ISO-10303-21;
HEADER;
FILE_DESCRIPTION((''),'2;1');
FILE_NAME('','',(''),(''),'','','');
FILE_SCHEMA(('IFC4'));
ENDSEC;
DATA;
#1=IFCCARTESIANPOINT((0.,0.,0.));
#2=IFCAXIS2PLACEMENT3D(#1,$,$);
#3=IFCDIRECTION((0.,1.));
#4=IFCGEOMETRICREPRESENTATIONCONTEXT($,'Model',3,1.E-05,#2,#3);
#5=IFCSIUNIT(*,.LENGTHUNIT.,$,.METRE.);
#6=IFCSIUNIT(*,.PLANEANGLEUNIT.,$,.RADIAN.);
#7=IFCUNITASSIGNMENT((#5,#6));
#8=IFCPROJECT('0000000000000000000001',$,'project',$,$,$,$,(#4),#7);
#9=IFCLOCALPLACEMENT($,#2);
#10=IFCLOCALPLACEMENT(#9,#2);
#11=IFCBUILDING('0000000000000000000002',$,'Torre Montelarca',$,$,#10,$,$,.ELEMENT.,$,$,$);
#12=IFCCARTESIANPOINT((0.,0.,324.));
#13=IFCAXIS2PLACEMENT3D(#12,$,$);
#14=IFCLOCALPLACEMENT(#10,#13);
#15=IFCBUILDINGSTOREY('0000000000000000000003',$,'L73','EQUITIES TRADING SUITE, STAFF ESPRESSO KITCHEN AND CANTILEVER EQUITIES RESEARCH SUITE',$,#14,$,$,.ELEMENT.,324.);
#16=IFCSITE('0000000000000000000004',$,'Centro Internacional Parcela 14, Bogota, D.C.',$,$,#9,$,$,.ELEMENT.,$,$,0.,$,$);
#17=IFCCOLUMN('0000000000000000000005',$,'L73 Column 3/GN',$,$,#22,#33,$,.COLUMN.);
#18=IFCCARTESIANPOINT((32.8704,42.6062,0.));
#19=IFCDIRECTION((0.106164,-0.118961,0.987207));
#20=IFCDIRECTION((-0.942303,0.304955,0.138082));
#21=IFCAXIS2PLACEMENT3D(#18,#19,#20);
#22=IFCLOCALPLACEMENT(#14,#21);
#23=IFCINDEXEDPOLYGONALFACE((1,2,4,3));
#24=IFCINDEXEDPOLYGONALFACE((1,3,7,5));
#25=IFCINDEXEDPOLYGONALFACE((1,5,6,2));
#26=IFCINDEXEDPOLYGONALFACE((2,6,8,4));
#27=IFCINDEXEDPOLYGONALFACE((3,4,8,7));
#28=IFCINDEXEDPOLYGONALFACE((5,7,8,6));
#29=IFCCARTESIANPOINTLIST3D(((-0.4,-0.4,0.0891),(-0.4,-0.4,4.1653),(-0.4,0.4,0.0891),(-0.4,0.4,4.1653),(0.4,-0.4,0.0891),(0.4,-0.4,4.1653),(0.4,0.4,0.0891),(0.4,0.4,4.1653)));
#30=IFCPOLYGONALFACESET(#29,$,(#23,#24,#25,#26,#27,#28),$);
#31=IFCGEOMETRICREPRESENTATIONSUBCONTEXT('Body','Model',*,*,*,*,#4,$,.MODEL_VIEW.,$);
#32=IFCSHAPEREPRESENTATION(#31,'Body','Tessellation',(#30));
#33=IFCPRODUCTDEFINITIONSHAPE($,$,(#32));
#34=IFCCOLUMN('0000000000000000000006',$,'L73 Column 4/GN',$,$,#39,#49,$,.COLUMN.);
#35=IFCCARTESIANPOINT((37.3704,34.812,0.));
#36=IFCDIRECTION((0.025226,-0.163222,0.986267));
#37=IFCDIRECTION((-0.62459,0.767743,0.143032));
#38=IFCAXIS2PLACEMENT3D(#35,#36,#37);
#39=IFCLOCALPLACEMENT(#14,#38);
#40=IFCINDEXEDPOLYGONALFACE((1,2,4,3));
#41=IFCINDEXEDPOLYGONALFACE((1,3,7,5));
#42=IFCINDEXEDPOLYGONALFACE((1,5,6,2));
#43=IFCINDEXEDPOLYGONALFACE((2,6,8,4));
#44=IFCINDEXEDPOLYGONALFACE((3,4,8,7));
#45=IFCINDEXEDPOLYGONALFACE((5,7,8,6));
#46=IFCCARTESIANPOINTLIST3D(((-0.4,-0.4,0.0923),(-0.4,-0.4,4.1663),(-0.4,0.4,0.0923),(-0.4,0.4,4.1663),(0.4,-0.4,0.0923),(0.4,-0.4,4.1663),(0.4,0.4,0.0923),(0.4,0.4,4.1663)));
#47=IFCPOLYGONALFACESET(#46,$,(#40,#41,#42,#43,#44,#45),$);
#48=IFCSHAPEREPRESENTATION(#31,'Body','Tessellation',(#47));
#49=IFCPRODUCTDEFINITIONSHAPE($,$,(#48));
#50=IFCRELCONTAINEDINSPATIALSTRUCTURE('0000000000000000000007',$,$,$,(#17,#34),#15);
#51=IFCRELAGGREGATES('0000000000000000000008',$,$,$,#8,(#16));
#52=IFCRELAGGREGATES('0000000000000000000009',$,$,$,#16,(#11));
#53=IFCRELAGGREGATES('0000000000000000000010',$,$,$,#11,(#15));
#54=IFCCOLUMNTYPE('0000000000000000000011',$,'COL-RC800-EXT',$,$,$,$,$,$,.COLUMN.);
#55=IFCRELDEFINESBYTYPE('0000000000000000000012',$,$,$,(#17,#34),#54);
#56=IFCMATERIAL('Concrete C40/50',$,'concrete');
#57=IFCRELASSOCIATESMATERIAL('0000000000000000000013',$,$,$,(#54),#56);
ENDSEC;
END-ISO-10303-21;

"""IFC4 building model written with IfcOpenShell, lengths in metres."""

from ifc_helpers import new_model, si_unit, direction, frame, origin, origin_2d, place, context, subcontext, project, spatial, rectangle, extrude, clip, halfspace, material, material_profile, profile_set, type_object, element, save


model = new_model("IFC4")

# Units and contexts
model_context = context("Model", 3, precision=1e-05, world=origin(), true_north=direction((0.0, 1.0)))
body_context = subcontext(model_context, "Body", "Model", "MODEL_VIEW")
ifc_project = project(units=[si_unit("LENGTHUNIT", "METRE"), si_unit("PLANEANGLEUNIT", "RADIAN")], contexts=[model_context])

# Site, building, storey
site_placement = place(None, origin())
site = spatial("IfcSite", under=ifc_project, at=site_placement, Name="Centro Internacional Parcela 14, Bogota, D.C.", CompositionType="ELEMENT", RefElevation=0.0)
building_placement = place(site_placement, origin())
building = spatial("IfcBuilding", under=site, at=building_placement, Name="Torre Montelarca", CompositionType="ELEMENT")
storey_placement = place(building_placement, frame((0.0, 0.0, 324.0)))
storey = spatial("IfcBuildingStorey", under=building, at=storey_placement, Name="L73", Description="EQUITIES TRADING SUITE, STAFF ESPRESSO KITCHEN AND CANTILEVER EQUITIES RESEARCH SUITE", CompositionType="ELEMENT", Elevation=324.0)

# Columns
ifc_material_1 = material(Name="Concrete C40/50", Category="concrete")
ifc_material_profile_1 = material_profile(ifc_material_1, rectangle(XDim=0.8, YDim=0.8, at=origin_2d()), Name="RC800X800", Category="concrete")
ifc_profile_set_1 = profile_set([ifc_material_profile_1], Name="Concrete C40/50")
column_type_1 = type_object("IfcColumnType", Name="COL-RC800-EXT", PredefinedType="COLUMN", material=ifc_profile_set_1)
column_1_placement = place(storey_placement, frame((32.8704, 42.6062, 0.0), z_axis=(0.106164, -0.118961, 0.987207), x_axis=(-0.942303, 0.304955, 0.138082)))
element("IfcColumn", 1, at=column_1_placement, inside=storey, type_object=column_type_1, Name="L73 Column 3/GN", PredefinedType="COLUMN", context=body_context, shape_type="Clipping", body=[
    clip(clip(extrude(rectangle(XDim=0.8, YDim=0.8, at=origin_2d()), origin(), (0.0, 0.0, 1.0), 4.2544), halfspace(frame((0.0, 0.0, 0.0891), z_axis=(0.0, 0.0, -1.0), x_axis=(1.0, 0.0, 0.0)), False)), halfspace(frame((0.0, 0.0, 4.1653), z_axis=(0.0, 0.0, 1.0), x_axis=(1.0, 0.0, 0.0)), False)),
])
column_2_placement = place(storey_placement, frame((37.3704, 34.812, 0.0), z_axis=(0.025226, -0.163222, 0.986267), x_axis=(-0.62459, 0.767743, 0.143032)))
element("IfcColumn", 2, at=column_2_placement, inside=storey, type_object=column_type_1, Name="L73 Column 4/GN", PredefinedType="COLUMN", context=body_context, shape_type="Clipping", body=[
    clip(clip(extrude(rectangle(XDim=0.8, YDim=0.8, at=origin_2d()), origin(), (0.0, 0.0, 1.0), 4.2585), halfspace(frame((0.0, 0.0, 0.0923), z_axis=(0.0, 0.0, -1.0), x_axis=(1.0, 0.0, 0.0)), False)), halfspace(frame((0.0, 0.0, 4.1663), z_axis=(0.0, 0.0, 1.0), x_axis=(1.0, 0.0, 0.0)), False)),
])

save(model, "model.ifc")
